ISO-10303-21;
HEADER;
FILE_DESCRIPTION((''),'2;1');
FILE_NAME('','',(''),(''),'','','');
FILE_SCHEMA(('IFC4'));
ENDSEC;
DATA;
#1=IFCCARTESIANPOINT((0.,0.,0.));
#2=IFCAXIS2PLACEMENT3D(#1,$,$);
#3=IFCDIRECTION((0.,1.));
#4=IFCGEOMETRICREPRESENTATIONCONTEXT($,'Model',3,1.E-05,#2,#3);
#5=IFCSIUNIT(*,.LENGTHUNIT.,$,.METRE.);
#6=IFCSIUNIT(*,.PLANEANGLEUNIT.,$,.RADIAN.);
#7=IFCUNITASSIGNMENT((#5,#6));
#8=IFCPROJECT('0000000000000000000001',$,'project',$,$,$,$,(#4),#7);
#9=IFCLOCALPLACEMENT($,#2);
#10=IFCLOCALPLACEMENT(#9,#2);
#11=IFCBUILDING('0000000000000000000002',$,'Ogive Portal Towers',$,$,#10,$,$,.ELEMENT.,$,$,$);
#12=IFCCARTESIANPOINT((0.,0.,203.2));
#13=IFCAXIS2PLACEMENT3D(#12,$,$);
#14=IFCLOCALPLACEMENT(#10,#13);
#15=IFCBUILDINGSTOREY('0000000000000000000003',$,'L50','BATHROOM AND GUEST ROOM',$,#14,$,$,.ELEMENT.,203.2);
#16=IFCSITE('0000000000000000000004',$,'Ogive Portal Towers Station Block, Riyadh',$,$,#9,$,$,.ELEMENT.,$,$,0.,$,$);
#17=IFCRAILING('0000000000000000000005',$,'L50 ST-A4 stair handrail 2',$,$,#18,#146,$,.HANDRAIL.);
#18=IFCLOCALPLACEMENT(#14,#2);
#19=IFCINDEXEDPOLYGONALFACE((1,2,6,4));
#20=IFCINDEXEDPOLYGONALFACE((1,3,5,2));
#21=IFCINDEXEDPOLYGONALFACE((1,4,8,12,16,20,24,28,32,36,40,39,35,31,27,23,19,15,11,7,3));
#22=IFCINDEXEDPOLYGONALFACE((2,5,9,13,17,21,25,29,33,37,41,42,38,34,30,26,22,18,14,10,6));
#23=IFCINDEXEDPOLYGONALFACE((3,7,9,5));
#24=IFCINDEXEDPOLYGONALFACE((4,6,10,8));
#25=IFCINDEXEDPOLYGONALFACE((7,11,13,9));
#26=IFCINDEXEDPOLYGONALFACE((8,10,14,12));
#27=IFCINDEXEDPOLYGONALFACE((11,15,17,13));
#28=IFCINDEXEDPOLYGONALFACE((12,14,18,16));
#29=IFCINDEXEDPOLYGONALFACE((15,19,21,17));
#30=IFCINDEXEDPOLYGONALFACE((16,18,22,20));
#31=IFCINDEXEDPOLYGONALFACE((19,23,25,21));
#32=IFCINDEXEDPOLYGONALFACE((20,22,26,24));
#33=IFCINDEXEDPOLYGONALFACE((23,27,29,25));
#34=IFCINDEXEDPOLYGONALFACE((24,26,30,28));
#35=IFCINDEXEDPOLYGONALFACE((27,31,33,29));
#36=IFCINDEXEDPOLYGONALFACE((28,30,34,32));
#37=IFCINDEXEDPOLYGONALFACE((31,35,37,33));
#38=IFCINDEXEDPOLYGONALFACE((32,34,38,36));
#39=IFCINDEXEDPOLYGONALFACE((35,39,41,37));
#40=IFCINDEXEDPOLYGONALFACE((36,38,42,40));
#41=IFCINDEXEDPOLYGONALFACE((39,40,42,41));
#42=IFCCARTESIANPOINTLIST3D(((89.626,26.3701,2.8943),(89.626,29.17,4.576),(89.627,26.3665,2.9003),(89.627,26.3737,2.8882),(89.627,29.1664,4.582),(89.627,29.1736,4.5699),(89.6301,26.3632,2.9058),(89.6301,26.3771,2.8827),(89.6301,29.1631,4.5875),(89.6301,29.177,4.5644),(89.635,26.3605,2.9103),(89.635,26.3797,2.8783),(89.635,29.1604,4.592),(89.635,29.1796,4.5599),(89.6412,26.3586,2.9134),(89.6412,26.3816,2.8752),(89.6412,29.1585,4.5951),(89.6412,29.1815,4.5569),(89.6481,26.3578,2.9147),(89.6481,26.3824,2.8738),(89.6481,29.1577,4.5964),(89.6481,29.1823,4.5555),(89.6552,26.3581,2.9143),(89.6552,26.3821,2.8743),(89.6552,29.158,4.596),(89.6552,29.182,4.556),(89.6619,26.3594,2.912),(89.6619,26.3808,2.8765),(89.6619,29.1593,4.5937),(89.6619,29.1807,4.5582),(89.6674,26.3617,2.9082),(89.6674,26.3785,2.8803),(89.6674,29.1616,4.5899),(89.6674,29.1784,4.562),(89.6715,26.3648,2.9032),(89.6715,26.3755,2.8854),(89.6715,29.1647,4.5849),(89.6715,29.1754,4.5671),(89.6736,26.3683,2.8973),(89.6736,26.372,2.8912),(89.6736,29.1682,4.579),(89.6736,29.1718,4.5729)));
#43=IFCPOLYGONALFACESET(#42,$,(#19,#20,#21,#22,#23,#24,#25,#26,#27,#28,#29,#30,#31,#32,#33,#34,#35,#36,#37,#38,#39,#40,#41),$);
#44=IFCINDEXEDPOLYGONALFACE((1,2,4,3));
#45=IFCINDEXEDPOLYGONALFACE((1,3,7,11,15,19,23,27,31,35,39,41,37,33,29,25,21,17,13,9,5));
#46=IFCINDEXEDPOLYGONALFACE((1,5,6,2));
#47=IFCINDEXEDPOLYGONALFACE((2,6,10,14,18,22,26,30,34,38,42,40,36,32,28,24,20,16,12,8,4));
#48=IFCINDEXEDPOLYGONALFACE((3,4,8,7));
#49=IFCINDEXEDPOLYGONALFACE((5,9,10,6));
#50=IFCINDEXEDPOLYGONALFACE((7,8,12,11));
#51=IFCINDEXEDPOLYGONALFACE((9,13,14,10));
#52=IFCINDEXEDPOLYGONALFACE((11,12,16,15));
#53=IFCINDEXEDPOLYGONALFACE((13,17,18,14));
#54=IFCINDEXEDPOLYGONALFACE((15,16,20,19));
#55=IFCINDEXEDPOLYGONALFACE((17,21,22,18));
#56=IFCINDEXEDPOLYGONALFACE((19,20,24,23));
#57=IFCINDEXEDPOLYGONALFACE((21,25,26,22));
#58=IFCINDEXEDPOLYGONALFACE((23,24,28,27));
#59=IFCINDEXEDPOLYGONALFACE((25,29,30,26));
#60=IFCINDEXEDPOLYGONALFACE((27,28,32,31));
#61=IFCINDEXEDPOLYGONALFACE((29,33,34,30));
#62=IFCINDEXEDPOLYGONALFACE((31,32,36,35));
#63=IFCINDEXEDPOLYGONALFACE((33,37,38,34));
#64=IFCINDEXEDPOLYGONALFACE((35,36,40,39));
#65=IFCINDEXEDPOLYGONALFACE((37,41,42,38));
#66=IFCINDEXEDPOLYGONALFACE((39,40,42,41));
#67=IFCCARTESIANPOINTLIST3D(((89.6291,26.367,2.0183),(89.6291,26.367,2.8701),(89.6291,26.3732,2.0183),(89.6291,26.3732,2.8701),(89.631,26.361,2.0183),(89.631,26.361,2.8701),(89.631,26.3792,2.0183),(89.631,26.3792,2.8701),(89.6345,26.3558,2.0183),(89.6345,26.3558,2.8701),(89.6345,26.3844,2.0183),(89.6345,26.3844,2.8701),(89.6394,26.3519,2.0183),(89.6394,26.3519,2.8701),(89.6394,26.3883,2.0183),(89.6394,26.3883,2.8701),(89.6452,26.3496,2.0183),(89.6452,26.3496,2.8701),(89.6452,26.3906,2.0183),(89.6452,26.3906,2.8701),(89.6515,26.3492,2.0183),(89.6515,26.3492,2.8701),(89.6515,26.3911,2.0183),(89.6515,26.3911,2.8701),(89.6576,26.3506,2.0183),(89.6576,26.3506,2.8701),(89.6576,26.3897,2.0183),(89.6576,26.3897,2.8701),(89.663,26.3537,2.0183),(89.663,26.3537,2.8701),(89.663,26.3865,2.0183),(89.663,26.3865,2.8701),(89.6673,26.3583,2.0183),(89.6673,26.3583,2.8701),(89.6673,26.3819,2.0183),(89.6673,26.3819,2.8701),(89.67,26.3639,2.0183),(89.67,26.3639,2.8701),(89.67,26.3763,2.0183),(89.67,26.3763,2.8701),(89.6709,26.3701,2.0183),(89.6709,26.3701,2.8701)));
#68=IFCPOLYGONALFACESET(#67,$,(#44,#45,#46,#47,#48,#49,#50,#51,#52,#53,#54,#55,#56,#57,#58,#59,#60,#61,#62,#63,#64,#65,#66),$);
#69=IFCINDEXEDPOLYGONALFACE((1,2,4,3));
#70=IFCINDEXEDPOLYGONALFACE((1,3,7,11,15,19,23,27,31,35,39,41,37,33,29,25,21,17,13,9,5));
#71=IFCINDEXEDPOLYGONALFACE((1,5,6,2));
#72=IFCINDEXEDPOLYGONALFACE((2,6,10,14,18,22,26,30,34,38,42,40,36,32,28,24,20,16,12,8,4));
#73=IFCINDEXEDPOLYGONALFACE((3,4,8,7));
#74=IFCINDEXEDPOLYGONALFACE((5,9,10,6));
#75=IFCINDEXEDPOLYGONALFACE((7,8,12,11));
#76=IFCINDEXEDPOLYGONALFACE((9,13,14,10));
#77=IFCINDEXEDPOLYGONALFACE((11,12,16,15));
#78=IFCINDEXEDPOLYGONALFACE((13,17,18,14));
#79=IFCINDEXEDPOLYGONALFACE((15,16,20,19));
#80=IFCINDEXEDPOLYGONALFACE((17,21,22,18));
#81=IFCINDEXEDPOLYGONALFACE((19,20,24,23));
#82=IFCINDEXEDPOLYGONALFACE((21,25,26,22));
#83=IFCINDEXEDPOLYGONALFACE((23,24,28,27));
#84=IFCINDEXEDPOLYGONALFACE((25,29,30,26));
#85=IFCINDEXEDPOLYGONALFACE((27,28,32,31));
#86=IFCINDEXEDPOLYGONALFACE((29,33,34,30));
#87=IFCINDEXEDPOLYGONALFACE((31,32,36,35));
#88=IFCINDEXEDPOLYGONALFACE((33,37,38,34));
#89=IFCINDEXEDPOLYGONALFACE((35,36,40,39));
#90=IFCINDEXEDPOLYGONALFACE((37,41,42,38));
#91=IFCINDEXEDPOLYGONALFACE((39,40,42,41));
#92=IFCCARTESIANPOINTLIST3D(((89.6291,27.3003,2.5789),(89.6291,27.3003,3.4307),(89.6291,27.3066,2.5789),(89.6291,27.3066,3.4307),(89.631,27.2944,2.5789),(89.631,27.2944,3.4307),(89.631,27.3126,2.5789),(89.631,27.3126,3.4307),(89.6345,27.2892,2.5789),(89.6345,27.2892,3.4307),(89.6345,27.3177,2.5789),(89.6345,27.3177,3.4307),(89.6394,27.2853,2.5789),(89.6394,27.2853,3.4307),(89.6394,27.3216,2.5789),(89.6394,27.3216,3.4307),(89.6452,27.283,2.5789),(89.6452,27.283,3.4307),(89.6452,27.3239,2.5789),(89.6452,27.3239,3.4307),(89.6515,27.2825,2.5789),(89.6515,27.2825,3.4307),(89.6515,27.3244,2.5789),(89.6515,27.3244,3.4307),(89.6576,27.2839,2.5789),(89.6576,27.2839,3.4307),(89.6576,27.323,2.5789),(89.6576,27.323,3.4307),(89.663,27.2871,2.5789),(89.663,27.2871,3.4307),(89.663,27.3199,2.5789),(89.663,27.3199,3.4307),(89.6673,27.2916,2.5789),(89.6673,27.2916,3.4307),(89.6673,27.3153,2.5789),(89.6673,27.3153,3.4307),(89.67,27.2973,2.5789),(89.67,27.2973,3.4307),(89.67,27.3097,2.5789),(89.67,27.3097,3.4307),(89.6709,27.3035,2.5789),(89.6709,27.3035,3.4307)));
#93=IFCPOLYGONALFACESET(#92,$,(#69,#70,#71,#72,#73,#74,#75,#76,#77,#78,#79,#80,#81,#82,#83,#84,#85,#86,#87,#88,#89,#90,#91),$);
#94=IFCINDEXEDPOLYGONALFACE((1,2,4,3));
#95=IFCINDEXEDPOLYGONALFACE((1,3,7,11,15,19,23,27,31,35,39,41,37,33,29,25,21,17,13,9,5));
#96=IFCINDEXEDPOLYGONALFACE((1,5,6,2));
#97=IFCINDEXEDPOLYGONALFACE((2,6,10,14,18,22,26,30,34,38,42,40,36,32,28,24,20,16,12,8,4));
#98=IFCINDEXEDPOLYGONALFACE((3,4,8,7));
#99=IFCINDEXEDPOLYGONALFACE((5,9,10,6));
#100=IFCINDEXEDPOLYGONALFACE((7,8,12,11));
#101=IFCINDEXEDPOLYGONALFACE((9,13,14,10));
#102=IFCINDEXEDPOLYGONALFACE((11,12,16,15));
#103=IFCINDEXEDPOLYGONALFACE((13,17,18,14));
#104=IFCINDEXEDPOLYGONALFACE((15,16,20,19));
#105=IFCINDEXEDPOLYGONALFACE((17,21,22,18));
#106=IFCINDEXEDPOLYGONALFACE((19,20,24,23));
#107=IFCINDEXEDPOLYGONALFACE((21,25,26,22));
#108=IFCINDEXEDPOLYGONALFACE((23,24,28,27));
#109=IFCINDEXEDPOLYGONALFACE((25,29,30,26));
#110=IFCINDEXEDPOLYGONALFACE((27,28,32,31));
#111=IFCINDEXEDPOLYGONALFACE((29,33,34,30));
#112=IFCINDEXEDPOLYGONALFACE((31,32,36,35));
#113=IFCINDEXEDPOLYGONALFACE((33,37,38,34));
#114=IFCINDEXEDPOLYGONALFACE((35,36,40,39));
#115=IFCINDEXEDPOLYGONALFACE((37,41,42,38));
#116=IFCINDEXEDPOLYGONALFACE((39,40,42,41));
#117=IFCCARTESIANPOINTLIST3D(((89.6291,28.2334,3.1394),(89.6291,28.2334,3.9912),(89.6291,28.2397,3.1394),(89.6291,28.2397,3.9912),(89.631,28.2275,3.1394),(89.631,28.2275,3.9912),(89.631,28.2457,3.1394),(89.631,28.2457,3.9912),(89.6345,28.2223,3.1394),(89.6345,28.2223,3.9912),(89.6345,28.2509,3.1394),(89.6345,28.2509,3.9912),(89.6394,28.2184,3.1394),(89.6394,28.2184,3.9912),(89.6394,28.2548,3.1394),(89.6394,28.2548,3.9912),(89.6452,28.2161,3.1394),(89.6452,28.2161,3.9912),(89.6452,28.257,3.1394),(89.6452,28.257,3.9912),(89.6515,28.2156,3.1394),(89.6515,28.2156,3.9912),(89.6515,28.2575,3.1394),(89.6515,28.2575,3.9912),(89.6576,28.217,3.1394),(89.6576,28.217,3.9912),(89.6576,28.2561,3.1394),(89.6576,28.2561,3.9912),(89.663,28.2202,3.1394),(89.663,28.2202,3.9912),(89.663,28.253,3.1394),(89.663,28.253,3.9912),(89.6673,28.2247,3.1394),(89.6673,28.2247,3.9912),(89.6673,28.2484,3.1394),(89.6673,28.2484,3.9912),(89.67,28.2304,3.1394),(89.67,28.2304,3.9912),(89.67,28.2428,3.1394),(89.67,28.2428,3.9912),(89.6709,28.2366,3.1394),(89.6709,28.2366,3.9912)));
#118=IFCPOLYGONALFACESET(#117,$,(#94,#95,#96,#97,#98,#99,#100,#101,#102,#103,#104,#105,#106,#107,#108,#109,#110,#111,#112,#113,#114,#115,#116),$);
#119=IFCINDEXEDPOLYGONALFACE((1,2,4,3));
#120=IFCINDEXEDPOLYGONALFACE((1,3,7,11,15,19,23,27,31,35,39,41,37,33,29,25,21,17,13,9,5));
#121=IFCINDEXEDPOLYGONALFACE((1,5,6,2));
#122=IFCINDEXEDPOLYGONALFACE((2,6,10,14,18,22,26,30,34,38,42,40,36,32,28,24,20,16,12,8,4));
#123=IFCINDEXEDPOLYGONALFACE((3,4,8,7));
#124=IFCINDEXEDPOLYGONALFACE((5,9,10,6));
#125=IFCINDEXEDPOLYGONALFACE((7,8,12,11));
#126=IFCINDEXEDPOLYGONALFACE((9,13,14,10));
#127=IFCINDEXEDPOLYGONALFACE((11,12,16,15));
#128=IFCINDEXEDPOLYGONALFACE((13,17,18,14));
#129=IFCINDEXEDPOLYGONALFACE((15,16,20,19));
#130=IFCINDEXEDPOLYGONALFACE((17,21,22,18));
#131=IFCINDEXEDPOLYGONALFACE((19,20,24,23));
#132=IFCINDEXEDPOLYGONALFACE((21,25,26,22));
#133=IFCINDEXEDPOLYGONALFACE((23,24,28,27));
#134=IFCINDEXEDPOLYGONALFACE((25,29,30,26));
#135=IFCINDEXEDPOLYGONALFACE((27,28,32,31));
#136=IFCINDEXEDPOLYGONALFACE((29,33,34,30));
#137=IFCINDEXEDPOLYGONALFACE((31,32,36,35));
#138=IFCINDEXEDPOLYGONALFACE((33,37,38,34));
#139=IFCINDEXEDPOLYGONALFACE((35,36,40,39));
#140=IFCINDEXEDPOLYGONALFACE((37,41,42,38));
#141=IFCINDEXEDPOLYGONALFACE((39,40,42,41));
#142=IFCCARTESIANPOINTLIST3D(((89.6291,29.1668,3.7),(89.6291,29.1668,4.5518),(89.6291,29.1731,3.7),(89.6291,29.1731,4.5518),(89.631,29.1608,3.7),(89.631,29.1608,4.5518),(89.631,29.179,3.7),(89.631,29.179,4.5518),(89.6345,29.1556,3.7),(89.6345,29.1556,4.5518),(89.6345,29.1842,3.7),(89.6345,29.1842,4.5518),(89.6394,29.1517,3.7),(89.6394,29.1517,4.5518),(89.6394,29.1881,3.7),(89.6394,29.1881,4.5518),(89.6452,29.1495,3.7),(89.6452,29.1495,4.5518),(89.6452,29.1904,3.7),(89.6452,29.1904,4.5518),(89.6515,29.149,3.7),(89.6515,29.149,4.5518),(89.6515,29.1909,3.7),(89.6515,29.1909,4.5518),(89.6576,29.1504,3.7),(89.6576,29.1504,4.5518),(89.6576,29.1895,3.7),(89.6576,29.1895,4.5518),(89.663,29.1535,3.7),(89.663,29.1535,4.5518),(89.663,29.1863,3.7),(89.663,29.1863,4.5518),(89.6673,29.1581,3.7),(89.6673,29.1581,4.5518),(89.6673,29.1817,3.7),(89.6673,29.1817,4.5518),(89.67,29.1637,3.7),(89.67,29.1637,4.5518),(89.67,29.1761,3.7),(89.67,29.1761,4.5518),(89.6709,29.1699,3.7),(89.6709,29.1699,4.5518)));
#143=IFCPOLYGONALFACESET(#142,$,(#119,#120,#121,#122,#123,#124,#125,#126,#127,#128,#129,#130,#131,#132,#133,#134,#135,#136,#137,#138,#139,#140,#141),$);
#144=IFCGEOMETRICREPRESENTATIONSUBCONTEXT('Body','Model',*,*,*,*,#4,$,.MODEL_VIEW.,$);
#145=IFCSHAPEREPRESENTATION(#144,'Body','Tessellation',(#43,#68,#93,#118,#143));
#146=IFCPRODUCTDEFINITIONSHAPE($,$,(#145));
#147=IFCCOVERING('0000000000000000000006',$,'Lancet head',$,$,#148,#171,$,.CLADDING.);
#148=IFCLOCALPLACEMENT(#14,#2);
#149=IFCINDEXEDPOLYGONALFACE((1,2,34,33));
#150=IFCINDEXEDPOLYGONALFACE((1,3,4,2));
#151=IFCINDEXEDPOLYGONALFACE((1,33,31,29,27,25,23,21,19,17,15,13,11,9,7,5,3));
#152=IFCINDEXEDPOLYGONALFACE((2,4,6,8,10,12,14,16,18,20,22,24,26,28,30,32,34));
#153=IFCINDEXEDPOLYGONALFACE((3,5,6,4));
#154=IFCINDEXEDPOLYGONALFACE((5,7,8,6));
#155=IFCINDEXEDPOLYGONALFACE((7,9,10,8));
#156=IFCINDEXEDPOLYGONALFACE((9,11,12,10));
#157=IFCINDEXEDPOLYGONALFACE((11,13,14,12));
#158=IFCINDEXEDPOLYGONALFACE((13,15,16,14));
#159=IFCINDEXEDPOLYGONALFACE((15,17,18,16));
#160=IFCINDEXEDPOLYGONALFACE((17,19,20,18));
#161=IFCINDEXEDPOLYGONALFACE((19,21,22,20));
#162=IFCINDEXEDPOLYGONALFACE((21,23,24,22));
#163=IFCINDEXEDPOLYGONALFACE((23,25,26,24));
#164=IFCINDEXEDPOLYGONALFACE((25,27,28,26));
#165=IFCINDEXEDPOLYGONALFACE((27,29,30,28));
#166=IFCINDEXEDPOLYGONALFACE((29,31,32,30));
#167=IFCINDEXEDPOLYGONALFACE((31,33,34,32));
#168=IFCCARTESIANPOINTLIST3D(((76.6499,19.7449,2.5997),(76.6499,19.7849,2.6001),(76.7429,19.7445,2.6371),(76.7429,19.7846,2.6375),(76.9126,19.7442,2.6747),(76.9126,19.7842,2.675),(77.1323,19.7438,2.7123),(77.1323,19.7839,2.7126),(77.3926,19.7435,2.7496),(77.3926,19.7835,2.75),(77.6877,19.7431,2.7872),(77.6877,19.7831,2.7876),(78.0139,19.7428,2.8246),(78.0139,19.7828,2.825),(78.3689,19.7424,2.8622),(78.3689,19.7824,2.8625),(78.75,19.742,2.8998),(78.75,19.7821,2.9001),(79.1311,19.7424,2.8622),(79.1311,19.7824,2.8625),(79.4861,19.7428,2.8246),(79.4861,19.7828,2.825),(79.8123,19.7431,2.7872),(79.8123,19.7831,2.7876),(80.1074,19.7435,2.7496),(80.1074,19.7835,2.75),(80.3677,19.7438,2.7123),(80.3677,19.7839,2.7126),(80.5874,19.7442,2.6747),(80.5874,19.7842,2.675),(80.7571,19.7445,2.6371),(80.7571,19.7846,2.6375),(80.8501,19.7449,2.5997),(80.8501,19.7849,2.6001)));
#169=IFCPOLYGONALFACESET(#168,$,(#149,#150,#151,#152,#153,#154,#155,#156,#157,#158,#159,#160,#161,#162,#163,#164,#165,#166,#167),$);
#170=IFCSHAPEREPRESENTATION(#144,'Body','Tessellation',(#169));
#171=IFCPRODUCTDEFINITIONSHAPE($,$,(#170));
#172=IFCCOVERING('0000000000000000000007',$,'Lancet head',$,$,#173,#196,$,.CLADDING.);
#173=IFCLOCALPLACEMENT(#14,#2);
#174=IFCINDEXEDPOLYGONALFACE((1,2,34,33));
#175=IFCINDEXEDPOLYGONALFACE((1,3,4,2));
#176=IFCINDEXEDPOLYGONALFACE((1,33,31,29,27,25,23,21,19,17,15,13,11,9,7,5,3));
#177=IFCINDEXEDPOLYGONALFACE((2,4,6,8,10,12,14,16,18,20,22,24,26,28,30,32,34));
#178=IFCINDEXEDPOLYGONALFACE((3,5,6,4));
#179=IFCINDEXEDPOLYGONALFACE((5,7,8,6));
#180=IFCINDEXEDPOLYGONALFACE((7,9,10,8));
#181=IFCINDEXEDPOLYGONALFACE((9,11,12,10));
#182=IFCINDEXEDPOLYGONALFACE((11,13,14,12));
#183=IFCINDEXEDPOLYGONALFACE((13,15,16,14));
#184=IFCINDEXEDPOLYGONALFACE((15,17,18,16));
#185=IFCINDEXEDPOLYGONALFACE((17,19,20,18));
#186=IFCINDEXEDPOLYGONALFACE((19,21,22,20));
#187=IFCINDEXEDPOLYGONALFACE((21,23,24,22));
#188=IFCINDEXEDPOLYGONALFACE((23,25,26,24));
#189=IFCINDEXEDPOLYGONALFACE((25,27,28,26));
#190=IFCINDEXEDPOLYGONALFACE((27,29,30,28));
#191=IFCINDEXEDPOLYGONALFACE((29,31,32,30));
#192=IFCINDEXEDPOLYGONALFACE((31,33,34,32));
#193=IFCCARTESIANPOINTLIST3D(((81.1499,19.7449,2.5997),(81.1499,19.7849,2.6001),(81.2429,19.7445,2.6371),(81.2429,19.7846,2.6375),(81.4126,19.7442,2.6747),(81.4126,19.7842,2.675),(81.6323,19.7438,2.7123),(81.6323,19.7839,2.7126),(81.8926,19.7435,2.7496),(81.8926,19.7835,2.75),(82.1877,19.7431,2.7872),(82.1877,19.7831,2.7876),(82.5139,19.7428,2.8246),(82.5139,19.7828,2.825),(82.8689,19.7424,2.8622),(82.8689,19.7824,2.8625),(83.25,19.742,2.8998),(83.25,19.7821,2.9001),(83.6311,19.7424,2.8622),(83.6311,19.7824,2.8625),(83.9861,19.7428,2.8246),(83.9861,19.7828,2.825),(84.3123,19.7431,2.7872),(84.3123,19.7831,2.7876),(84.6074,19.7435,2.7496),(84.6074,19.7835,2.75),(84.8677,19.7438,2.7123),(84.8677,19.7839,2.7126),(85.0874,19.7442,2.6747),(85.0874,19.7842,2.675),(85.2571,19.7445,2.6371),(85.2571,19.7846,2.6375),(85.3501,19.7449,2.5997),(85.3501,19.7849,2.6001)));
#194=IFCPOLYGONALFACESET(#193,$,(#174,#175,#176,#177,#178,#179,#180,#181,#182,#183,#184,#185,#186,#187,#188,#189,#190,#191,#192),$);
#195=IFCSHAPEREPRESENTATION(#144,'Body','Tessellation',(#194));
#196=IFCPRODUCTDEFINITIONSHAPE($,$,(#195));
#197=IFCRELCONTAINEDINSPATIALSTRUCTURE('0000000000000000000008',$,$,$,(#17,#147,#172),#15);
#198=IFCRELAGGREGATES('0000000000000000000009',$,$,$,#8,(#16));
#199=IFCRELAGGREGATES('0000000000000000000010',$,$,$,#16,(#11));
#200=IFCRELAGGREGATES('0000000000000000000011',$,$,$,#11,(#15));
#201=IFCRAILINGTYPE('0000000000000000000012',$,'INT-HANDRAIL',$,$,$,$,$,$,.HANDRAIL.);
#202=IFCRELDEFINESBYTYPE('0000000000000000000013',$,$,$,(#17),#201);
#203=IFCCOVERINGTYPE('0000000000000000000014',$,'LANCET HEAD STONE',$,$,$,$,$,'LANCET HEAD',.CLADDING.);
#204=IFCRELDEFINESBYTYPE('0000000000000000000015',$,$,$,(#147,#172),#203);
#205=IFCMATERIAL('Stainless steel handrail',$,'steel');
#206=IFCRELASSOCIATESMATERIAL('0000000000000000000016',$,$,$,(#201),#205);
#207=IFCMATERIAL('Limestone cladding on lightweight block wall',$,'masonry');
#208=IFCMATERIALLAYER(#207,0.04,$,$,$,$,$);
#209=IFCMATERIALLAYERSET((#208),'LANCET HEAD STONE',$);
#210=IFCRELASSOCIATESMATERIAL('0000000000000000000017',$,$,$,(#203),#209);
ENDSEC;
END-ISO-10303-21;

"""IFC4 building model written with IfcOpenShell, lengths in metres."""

from ifc_helpers import new_model, si_unit, direction, frame, origin, origin_2d, place, context, subcontext, project, spatial, polyline, circle, outline, extrude, material, layer, layer_set, type_object, element, save


model = new_model("IFC4")

# Units and contexts
model_context = context("Model", 3, precision=1e-05, world=origin(), true_north=direction((0.0, 1.0)))
body_context = subcontext(model_context, "Body", "Model", "MODEL_VIEW")
ifc_project = project(units=[si_unit("LENGTHUNIT", "METRE"), si_unit("PLANEANGLEUNIT", "RADIAN")], contexts=[model_context])

# Site, building, storey
site_placement = place(None, origin())
site = spatial("IfcSite", under=ifc_project, at=site_placement, Name="Ogive Portal Towers Station Block, Riyadh", CompositionType="ELEMENT", RefElevation=0.0)
building_placement = place(site_placement, origin())
building = spatial("IfcBuilding", under=site, at=building_placement, Name="Ogive Portal Towers", CompositionType="ELEMENT")
storey_placement = place(building_placement, frame((0.0, 0.0, 203.2)))
storey = spatial("IfcBuildingStorey", under=building, at=storey_placement, Name="L50", Description="BATHROOM AND GUEST ROOM", CompositionType="ELEMENT", Elevation=203.2)

# Railing
ifc_material_1 = material(Name="Stainless steel handrail", Category="steel")
railing_type_1 = type_object("IfcRailingType", Name="INT-HANDRAIL", PredefinedType="HANDRAIL", material=ifc_material_1)
railing_1_placement = place(storey_placement, frame((89.6499, 26.3701, 2.0183)))
element("IfcRailing", 1, at=railing_1_placement, inside=storey, type_object=railing_type_1, Name="L50 ST-A4 stair handrail 2", PredefinedType="HANDRAIL", context=body_context, shape_type="SweptSolid", body=[
    extrude(circle(Radius=0.0239, at=origin_2d()), frame((0.0, 0.0, 0.876), z_axis=(0.0, 0.857255, 0.514891), x_axis=(-1.0, 0.0, 0.0)), (0.0, 0.0, 1.0), 3.2661),
    extrude(circle(Radius=0.021, at=origin_2d()), origin(), (0.0, 0.0, 1.0), 0.8518),
    extrude(circle(Radius=0.021, at=origin_2d()), frame((0.0, 0.9333, 0.5605)), (0.0, 0.0, 1.0), 0.8518),
    extrude(circle(Radius=0.021, at=origin_2d()), frame((0.0, 1.8665, 1.1211)), (0.0, 0.0, 1.0), 0.8518),
    extrude(circle(Radius=0.021, at=origin_2d()), frame((0.0, 2.7998, 1.6816)), (0.0, 0.0, 1.0), 0.8518),
])

# Coverings
ifc_material_2 = material(Name="Limestone cladding on lightweight block wall", Category="masonry")
ifc_layer_1 = layer(ifc_material_2, 0.04)
ifc_layer_set_1 = layer_set([ifc_layer_1], Name="LANCET HEAD STONE")
covering_type = type_object("IfcCoveringType", Name="LANCET HEAD STONE", ElementType="LANCET HEAD", PredefinedType="CLADDING", material=ifc_layer_set_1)
for number, where, z_axis, x_axis, name in (
    (2, (76.6499, 19.7849, 2.6001), (0.0, 0.999956, 0.009428), (1.0, 0.0, 0.0), "Lancet head"),
    (3, (81.1499, 19.7849, 2.6001), (0.0, 0.999956, 0.009428), (1.0, 0.0, 0.0), "Lancet head"),
):
    element("IfcCovering", number, at=place(storey_placement, frame(where, z_axis=z_axis, x_axis=x_axis)), inside=storey, type_object=covering_type, Name=name, PredefinedType="CLADDING", context=body_context, shape_type="SweptSolid", body=[
        extrude(outline(polyline([(0.0, 0.0), (4.2002, 0.0), (4.1072, -0.0374), (3.9375, -0.075), (3.7178, -0.1126), (3.4575, -0.1499), (3.1624, -0.1875), (2.8362, -0.2249), (2.4812, -0.2625), (2.1001, -0.3001), (1.719, -0.2625), (1.364, -0.2249), (1.0378, -0.1875), (0.7427, -0.1499), (0.4824, -0.1126), (0.2627, -0.075), (0.093, -0.0374), (0.0, 0.0)])), origin(), (0.0, 0.0, -1.0), 0.04),
    ])

save(model, "model.ifc")
